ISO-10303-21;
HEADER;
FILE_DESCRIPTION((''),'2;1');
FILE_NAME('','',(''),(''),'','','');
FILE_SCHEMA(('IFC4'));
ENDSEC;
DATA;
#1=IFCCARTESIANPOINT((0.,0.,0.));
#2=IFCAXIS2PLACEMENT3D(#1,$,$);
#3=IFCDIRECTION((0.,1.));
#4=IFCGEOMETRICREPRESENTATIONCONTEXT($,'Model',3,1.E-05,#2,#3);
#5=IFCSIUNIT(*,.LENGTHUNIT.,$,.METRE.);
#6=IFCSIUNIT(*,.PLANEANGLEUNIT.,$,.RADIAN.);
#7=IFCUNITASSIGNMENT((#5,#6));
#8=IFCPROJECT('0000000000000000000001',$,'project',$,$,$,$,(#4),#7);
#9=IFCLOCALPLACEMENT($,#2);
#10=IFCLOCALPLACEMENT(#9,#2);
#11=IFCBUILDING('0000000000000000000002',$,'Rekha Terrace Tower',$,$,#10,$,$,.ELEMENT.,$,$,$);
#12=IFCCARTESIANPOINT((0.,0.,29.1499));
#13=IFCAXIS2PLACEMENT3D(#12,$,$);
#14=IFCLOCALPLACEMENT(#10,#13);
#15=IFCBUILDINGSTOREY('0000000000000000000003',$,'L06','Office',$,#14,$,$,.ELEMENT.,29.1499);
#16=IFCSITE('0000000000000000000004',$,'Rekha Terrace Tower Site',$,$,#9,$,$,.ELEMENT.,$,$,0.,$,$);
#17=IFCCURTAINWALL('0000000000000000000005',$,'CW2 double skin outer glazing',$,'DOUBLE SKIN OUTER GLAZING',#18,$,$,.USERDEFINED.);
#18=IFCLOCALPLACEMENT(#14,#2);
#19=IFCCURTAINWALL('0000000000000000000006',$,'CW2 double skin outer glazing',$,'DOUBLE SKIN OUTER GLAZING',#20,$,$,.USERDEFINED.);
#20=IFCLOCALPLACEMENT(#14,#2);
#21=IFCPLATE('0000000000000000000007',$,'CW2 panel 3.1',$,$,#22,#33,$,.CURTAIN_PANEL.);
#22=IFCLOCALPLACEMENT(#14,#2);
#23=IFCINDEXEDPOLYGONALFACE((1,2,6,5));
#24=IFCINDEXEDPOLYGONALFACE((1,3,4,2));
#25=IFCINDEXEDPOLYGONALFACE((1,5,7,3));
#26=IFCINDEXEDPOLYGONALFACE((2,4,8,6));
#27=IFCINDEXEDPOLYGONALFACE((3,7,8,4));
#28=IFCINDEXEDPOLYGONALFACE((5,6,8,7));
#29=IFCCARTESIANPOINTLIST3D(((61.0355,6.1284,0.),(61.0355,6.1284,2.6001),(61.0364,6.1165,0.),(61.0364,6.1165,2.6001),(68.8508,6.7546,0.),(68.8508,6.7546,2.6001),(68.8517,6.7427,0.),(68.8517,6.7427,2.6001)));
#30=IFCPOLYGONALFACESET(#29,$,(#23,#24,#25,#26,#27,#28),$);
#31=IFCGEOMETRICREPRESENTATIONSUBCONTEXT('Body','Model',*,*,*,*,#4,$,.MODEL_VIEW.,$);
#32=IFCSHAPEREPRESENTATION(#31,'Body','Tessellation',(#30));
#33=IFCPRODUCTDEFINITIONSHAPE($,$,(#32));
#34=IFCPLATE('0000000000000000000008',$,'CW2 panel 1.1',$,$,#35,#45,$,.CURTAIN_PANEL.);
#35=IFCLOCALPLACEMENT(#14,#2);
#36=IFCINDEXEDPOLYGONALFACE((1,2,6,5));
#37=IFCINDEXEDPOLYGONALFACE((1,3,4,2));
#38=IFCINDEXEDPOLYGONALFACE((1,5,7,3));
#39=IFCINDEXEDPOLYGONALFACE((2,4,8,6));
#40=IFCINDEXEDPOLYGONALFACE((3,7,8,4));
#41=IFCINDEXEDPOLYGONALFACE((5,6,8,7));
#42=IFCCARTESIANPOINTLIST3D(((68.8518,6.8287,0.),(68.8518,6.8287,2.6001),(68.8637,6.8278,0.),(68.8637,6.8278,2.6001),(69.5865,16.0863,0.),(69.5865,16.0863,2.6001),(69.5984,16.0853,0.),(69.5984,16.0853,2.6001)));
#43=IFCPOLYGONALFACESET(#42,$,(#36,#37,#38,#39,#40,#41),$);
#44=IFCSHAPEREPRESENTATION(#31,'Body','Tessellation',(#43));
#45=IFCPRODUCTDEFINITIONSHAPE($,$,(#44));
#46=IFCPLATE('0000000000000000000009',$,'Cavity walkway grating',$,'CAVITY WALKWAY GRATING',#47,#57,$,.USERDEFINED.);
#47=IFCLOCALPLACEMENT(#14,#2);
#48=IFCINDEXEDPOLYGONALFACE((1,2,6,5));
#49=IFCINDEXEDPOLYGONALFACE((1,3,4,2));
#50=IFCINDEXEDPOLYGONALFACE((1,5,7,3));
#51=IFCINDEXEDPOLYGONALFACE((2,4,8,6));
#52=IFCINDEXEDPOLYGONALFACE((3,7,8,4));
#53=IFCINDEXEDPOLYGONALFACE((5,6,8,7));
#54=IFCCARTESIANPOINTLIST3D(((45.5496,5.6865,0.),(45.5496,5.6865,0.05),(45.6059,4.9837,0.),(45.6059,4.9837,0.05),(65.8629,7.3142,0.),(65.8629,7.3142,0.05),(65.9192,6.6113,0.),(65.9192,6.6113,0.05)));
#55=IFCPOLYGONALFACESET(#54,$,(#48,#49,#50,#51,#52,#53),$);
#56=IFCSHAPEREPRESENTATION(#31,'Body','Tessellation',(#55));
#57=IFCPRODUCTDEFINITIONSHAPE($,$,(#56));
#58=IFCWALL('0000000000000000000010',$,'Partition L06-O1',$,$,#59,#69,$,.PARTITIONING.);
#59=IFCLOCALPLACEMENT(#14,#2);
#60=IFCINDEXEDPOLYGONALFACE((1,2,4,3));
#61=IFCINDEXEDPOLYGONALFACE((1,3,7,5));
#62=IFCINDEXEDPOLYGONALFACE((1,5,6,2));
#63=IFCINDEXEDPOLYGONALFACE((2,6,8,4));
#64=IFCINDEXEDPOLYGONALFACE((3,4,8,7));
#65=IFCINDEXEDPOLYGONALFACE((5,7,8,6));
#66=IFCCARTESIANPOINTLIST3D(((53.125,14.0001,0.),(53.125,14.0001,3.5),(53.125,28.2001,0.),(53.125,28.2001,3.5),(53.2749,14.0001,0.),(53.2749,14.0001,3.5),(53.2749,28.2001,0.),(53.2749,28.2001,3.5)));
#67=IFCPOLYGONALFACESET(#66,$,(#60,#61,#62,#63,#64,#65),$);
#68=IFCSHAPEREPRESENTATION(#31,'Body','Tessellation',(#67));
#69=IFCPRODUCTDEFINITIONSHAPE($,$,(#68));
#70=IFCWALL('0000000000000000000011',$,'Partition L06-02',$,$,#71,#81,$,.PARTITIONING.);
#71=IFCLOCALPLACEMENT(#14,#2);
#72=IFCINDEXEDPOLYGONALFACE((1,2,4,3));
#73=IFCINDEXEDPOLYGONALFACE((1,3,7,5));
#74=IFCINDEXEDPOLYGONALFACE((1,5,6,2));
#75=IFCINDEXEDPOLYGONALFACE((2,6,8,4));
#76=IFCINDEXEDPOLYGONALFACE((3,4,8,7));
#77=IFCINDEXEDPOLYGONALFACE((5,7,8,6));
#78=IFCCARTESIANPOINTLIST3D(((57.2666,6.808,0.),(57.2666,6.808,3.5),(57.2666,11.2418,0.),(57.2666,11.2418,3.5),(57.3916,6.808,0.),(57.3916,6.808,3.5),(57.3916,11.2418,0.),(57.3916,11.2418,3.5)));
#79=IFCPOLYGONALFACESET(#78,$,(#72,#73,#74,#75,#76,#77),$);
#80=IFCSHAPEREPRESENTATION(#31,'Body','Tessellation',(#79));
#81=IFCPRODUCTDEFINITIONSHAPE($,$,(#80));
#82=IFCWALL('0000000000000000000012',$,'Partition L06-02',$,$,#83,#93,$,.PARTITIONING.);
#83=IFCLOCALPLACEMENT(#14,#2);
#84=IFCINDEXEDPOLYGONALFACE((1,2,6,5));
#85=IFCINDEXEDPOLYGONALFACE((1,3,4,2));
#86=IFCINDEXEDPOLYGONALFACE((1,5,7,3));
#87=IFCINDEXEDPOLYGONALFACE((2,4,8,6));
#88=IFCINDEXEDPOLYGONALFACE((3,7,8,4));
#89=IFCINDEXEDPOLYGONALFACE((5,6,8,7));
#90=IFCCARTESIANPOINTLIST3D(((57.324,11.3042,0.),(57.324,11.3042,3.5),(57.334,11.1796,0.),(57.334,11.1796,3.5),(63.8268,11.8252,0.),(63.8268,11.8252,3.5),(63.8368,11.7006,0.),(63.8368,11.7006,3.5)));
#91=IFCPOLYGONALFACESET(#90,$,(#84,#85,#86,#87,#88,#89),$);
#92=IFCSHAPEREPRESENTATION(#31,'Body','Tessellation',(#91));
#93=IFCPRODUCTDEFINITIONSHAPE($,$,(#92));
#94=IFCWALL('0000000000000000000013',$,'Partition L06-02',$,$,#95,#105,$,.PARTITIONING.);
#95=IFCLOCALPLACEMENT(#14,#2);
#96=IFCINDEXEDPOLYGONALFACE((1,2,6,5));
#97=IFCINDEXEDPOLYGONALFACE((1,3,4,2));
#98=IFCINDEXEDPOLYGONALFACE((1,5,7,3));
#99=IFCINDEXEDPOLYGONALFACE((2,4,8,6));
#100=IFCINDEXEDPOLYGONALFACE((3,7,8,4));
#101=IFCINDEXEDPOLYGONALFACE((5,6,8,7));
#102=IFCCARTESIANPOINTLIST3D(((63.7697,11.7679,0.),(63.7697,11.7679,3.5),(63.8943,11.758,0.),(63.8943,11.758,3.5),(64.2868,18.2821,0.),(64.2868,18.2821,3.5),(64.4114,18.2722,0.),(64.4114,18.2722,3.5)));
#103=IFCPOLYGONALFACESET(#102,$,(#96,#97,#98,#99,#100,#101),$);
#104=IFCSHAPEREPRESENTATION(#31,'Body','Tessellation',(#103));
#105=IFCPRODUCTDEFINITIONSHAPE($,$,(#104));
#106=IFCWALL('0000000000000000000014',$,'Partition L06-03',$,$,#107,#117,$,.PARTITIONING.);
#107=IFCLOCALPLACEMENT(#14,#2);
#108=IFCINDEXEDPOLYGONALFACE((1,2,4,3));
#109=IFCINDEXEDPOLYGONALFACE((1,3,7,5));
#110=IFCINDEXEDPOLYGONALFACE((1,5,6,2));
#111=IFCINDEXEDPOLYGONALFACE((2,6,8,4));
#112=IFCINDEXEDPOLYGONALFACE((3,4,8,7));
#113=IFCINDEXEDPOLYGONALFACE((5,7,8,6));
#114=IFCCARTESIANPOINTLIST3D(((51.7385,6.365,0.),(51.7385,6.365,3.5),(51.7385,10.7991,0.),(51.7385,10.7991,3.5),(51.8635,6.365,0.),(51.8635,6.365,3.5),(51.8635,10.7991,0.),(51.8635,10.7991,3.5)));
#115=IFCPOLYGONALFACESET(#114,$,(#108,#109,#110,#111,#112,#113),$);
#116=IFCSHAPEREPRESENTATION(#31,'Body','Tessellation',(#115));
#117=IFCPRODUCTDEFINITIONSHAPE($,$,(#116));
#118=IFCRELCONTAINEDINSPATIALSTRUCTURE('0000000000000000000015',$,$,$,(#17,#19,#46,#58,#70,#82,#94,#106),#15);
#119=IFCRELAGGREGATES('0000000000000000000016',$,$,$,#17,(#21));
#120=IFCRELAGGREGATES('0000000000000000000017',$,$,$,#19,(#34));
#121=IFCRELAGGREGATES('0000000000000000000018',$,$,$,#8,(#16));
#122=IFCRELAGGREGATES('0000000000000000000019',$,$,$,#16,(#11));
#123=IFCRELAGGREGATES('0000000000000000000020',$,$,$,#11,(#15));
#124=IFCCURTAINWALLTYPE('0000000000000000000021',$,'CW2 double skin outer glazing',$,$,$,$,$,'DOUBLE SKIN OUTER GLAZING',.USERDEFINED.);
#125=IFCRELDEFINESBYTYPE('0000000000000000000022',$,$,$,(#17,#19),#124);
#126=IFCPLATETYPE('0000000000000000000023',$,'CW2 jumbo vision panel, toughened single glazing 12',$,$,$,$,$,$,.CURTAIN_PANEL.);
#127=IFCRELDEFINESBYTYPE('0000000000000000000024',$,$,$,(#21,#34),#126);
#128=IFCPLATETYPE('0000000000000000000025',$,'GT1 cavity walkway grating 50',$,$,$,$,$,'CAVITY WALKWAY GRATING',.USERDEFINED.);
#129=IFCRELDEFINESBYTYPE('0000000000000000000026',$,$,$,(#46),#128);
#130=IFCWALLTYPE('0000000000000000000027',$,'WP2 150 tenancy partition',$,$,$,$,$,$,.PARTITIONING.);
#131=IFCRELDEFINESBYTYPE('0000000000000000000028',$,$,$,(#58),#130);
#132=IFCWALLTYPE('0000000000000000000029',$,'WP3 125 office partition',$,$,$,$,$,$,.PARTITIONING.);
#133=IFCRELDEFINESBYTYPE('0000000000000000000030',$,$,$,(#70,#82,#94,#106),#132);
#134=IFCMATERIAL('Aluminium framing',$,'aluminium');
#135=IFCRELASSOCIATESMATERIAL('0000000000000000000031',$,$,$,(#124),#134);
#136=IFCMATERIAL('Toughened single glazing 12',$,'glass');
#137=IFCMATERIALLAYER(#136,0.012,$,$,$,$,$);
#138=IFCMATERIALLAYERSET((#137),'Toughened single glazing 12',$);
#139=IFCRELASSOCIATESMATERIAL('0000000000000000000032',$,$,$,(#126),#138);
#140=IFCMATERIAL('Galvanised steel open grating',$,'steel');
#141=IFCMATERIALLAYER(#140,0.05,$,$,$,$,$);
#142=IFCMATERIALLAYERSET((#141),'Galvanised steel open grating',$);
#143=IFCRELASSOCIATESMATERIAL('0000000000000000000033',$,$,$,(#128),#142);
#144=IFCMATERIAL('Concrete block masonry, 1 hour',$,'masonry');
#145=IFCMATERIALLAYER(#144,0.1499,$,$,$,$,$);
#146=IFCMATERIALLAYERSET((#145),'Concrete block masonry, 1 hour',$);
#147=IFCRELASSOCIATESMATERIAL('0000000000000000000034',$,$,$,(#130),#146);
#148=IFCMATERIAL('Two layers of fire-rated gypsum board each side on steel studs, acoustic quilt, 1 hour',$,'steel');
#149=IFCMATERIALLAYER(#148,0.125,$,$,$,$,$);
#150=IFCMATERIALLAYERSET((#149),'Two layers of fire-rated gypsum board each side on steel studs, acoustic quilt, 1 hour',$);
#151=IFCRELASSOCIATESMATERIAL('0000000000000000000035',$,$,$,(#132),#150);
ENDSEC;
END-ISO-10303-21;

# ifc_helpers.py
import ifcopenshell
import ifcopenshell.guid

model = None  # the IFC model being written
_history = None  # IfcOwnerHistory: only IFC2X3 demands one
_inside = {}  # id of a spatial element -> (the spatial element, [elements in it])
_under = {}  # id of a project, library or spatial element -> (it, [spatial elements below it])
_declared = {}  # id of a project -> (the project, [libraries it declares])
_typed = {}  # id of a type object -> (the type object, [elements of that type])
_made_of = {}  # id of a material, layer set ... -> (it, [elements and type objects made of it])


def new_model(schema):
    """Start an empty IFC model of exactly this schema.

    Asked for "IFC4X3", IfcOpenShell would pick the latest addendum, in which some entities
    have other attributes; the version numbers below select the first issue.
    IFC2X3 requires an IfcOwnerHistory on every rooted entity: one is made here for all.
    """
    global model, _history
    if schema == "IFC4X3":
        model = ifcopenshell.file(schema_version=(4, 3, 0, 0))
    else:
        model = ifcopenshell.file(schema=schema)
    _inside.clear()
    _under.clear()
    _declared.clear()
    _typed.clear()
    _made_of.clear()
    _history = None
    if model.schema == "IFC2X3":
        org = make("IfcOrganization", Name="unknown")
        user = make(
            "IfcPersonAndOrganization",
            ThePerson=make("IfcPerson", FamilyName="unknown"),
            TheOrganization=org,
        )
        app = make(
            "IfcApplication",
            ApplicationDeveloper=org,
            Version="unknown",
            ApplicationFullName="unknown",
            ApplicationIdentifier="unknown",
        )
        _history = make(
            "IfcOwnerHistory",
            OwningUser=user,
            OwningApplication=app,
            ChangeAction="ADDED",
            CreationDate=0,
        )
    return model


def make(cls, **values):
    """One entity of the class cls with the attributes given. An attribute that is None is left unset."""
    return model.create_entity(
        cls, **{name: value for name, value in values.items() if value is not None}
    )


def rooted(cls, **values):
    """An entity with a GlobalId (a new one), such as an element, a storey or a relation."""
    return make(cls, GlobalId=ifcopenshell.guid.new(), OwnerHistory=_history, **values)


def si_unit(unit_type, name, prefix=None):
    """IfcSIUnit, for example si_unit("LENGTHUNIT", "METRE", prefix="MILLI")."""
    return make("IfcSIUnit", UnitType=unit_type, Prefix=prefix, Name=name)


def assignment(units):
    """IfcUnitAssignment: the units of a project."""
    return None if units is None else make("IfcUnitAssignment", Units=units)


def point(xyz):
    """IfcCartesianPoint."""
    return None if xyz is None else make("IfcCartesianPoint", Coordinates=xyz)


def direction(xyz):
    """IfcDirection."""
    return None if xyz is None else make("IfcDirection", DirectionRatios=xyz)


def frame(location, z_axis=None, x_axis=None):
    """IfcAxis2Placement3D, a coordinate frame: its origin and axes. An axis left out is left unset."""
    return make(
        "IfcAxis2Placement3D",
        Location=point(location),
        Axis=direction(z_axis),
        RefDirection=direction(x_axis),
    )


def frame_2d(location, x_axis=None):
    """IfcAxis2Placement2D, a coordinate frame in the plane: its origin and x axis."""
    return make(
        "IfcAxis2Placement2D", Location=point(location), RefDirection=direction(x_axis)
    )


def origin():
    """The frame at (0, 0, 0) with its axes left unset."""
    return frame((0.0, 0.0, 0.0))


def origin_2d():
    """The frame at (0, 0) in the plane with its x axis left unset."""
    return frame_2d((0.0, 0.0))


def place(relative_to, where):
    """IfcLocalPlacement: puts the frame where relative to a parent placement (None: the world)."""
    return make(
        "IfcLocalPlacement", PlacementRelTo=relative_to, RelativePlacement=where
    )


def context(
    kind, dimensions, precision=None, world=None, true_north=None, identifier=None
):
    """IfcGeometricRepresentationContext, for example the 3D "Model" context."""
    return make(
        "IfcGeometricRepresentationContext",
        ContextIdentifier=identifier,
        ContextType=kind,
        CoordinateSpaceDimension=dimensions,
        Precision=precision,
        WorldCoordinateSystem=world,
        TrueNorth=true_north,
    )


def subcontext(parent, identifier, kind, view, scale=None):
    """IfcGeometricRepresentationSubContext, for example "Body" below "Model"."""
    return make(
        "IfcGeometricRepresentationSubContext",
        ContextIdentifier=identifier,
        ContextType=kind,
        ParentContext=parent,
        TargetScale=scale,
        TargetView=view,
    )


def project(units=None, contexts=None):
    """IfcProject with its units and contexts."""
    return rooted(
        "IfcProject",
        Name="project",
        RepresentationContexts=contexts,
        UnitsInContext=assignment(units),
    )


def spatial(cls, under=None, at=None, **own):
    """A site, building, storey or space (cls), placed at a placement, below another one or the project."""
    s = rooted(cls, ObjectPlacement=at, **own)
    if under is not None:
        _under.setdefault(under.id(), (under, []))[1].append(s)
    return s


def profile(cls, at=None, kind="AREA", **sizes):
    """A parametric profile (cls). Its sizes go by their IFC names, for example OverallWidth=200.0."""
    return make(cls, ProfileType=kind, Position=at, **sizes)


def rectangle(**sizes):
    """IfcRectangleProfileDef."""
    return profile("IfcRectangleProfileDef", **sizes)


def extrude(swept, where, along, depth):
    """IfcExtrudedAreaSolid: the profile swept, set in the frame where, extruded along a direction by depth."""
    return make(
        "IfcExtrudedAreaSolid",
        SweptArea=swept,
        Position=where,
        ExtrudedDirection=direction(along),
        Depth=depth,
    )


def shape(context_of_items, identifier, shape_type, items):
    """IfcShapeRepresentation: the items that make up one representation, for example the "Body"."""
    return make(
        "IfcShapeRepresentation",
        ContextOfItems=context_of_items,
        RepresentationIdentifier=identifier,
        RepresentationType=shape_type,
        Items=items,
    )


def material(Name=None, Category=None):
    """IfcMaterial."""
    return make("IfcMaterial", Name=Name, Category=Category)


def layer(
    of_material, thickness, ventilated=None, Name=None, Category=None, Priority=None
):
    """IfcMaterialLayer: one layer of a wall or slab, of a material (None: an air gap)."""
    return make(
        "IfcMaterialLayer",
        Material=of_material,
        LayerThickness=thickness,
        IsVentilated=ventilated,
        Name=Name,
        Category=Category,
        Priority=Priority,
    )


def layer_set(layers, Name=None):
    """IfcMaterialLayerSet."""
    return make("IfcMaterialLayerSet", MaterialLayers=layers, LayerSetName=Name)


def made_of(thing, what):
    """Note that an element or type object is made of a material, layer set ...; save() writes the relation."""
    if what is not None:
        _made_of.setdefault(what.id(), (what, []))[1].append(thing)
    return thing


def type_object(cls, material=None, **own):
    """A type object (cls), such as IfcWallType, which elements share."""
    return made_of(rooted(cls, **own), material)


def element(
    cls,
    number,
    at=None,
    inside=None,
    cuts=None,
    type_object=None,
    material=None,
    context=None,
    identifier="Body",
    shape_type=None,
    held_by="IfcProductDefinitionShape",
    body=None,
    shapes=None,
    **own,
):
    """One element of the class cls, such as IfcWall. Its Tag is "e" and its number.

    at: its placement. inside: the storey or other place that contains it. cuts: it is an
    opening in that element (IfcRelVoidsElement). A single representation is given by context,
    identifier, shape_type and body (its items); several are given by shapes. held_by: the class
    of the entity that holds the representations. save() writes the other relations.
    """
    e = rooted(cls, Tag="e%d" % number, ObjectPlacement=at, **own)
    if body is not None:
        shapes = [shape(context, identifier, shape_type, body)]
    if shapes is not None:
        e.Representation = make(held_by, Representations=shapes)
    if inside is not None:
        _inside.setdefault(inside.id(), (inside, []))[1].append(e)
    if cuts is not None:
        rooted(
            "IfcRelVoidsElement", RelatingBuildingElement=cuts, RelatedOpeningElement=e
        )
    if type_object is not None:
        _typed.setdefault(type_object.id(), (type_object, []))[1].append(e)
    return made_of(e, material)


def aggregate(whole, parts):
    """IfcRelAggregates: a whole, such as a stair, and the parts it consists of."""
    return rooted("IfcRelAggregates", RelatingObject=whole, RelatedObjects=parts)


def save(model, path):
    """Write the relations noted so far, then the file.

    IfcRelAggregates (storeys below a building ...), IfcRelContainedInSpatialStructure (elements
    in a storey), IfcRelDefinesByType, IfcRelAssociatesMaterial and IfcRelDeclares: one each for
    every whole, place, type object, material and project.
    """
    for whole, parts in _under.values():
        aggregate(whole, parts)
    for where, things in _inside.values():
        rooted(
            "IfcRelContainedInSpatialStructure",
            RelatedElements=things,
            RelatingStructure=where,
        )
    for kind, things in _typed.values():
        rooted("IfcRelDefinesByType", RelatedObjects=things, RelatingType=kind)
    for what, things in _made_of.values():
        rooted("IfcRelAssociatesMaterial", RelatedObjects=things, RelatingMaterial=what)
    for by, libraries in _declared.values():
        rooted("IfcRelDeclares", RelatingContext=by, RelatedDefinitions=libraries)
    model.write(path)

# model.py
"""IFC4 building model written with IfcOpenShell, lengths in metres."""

from ifc_helpers import new_model, si_unit, direction, frame, frame_2d, origin, origin_2d, place, context, subcontext, project, spatial, rectangle, extrude, material, layer, layer_set, type_object, element, aggregate, save


model = new_model("IFC4")

# Units and contexts
model_context = context("Model", 3, precision=1e-05, world=origin(), true_north=direction((0.0, 1.0)))
body_context = subcontext(model_context, "Body", "Model", "MODEL_VIEW")
ifc_project = project(units=[si_unit("LENGTHUNIT", "METRE"), si_unit("PLANEANGLEUNIT", "RADIAN")], contexts=[model_context])

# Site, building, storey
site_placement = place(None, origin())
site = spatial("IfcSite", under=ifc_project, at=site_placement, Name="Rekha Terrace Tower Site", CompositionType="ELEMENT", RefElevation=0.0)
building_placement = place(site_placement, origin())
building = spatial("IfcBuilding", under=site, at=building_placement, Name="Rekha Terrace Tower", CompositionType="ELEMENT")
storey_placement = place(building_placement, frame((0.0, 0.0, 29.1499)))
storey = spatial("IfcBuildingStorey", under=building, at=storey_placement, Name="L06", Description="Office", CompositionType="ELEMENT", Elevation=29.1499)

# Curtain wall
ifc_material_1 = material(Name="Aluminium framing", Category="aluminium")
curtain_wall_type_1 = type_object("IfcCurtainWallType", Name="CW2 double skin outer glazing", ElementType="DOUBLE SKIN OUTER GLAZING", PredefinedType="USERDEFINED", material=ifc_material_1)
curtain_wall_1_placement = place(storey_placement, origin())
curtain_wall_1 = element("IfcCurtainWall", 1, at=curtain_wall_1_placement, inside=storey, type_object=curtain_wall_type_1, Name="CW2 double skin outer glazing", ObjectType="DOUBLE SKIN OUTER GLAZING", PredefinedType="USERDEFINED")

# Curtain wall
curtain_wall_2_placement = place(storey_placement, origin())
curtain_wall_2 = element("IfcCurtainWall", 2, at=curtain_wall_2_placement, inside=storey, type_object=curtain_wall_type_1, Name="CW2 double skin outer glazing", ObjectType="DOUBLE SKIN OUTER GLAZING", PredefinedType="USERDEFINED")

# Plates
ifc_material_2 = material(Name="Toughened single glazing 12", Category="glass")
ifc_layer_1 = layer(ifc_material_2, 0.012)
ifc_layer_set_1 = layer_set([ifc_layer_1], Name="Toughened single glazing 12")
plate_type_1 = type_object("IfcPlateType", Name="CW2 jumbo vision panel, toughened single glazing 12", PredefinedType="CURTAIN_PANEL", material=ifc_layer_set_1)
plate_1_placement = place(storey_placement, frame((64.9436, 6.4355, 0.0), z_axis=(0.0, 0.0, 1.0), x_axis=(0.996805, 0.079872, 0.0)))
plate_1 = element("IfcPlate", 3, at=plate_1_placement, type_object=plate_type_1, Name="CW2 panel 3.1", PredefinedType="CURTAIN_PANEL", context=body_context, shape_type="SweptSolid", body=[
    extrude(rectangle(XDim=7.8403, YDim=0.012, at=origin_2d()), origin(), (0.0, 0.0, 1.0), 2.6001),
])
aggregate(curtain_wall_1, [plate_1])
plate_2_placement = place(storey_placement, frame((69.2251, 11.457, 0.0), z_axis=(0.0, 0.0, 1.0), x_axis=(0.079116, 0.996865, 0.0)))
plate_2 = element("IfcPlate", 4, at=plate_2_placement, type_object=plate_type_1, Name="CW2 panel 1.1", PredefinedType="CURTAIN_PANEL", context=body_context, shape_type="SweptSolid", body=[
    extrude(rectangle(XDim=9.2866, YDim=0.012, at=origin_2d()), origin(), (0.0, 0.0, 1.0), 2.6001),
])
aggregate(curtain_wall_2, [plate_2])
ifc_material_3 = material(Name="Galvanised steel open grating", Category="steel")
ifc_layer_2 = layer(ifc_material_3, 0.05)
ifc_layer_set_2 = layer_set([ifc_layer_2], Name="Galvanised steel open grating")
plate_type_2 = type_object("IfcPlateType", Name="GT1 cavity walkway grating 50", ElementType="CAVITY WALKWAY GRATING", PredefinedType="USERDEFINED", material=ifc_layer_set_2)
plate_3_placement = place(storey_placement, frame((55.7344, 6.1489, 0.0), z_axis=(0.0, 0.0, 1.0), x_axis=(0.996805, 0.079872, 0.0)))
element("IfcPlate", 5, at=plate_3_placement, inside=storey, type_object=plate_type_2, Name="Cavity walkway grating", ObjectType="CAVITY WALKWAY GRATING", PredefinedType="USERDEFINED", context=body_context, shape_type="SweptSolid", body=[
    extrude(rectangle(XDim=20.3784, YDim=0.7051, at=origin_2d()), origin(), (0.0, 0.0, 1.0), 0.05),
])

# Walls
ifc_material_4 = material(Name="Concrete block masonry, 1 hour", Category="masonry")
ifc_layer_3 = layer(ifc_material_4, 0.1499)
ifc_layer_set_3 = layer_set([ifc_layer_3], Name="Concrete block masonry, 1 hour")
wall_type_1 = type_object("IfcWallType", Name="WP2 150 tenancy partition", PredefinedType="PARTITIONING", material=ifc_layer_set_3)
wall_1_placement = place(storey_placement, frame((53.2, 14.0, 0.0), z_axis=(0.0, 0.0, 1.0), x_axis=(0.0, 1.0, 0.0)))
element("IfcWall", 6, at=wall_1_placement, inside=storey, type_object=wall_type_1, Name="Partition L06-O1", PredefinedType="PARTITIONING", context=body_context, shape_type="SweptSolid", body=[
    extrude(rectangle(XDim=14.2, YDim=0.1499, at=frame_2d((7.1001, 0.0))), origin(), (0.0, 0.0, 1.0), 3.5),
])
ifc_material_5 = material(Name="Two layers of fire-rated gypsum board each side on steel studs, acoustic quilt, 1 hour", Category="steel")
ifc_layer_4 = layer(ifc_material_5, 0.125)
ifc_layer_set_4 = layer_set([ifc_layer_4], Name="Two layers of fire-rated gypsum board each side on steel studs, acoustic quilt, 1 hour")
wall_type_2 = type_object("IfcWallType", Name="WP3 125 office partition", PredefinedType="PARTITIONING", material=ifc_layer_set_4)
wall_2_placement = place(storey_placement, frame((57.3291, 6.8081, 0.0), z_axis=(0.0, 0.0, 1.0), x_axis=(0.0, 1.0, 0.0)))
element("IfcWall", 7, at=wall_2_placement, inside=storey, type_object=wall_type_2, Name="Partition L06-02", PredefinedType="PARTITIONING", context=body_context, shape_type="SweptSolid", body=[
    extrude(rectangle(XDim=4.4338, YDim=0.125, at=frame_2d((2.2168, 0.0))), origin(), (0.0, 0.0, 1.0), 3.5),
])
wall_3_placement = place(storey_placement, frame((57.3291, 11.2419, 0.0), z_axis=(0.0, 0.0, 1.0), x_axis=(0.996806, 0.079861, 0.0)))
element("IfcWall", 8, at=wall_3_placement, inside=storey, type_object=wall_type_2, Name="Partition L06-02", PredefinedType="PARTITIONING", context=body_context, shape_type="SweptSolid", body=[
    extrude(rectangle(XDim=6.5237, YDim=0.125, at=frame_2d((3.2617, 0.0))), origin(), (0.0, 0.0, 1.0), 3.5),
])
wall_4_placement = place(storey_placement, frame((63.832, 11.7629, 0.0), z_axis=(0.0, 0.0, 1.0), x_axis=(0.07913, 0.996864, 0.0)))
element("IfcWall", 9, at=wall_4_placement, inside=storey, type_object=wall_type_2, Name="Partition L06-02", PredefinedType="PARTITIONING", context=body_context, shape_type="SweptSolid", body=[
    extrude(rectangle(XDim=6.5347, YDim=0.125, at=frame_2d((3.2673, 0.0))), origin(), (0.0, 0.0, 1.0), 3.5),
])
wall_5_placement = place(storey_placement, frame((51.801, 10.7991, 0.0), z_axis=(0.0, 0.0, 1.0), x_axis=(0.0, -1.0, 0.0)))
element("IfcWall", 10, at=wall_5_placement, inside=storey, type_object=wall_type_2, Name="Partition L06-03", PredefinedType="PARTITIONING", context=body_context, shape_type="SweptSolid", body=[
    extrude(rectangle(XDim=4.4341, YDim=0.125, at=frame_2d((2.217, 0.0))), origin(), (0.0, 0.0, 1.0), 3.5),
])

save(model, "model.ifc")
